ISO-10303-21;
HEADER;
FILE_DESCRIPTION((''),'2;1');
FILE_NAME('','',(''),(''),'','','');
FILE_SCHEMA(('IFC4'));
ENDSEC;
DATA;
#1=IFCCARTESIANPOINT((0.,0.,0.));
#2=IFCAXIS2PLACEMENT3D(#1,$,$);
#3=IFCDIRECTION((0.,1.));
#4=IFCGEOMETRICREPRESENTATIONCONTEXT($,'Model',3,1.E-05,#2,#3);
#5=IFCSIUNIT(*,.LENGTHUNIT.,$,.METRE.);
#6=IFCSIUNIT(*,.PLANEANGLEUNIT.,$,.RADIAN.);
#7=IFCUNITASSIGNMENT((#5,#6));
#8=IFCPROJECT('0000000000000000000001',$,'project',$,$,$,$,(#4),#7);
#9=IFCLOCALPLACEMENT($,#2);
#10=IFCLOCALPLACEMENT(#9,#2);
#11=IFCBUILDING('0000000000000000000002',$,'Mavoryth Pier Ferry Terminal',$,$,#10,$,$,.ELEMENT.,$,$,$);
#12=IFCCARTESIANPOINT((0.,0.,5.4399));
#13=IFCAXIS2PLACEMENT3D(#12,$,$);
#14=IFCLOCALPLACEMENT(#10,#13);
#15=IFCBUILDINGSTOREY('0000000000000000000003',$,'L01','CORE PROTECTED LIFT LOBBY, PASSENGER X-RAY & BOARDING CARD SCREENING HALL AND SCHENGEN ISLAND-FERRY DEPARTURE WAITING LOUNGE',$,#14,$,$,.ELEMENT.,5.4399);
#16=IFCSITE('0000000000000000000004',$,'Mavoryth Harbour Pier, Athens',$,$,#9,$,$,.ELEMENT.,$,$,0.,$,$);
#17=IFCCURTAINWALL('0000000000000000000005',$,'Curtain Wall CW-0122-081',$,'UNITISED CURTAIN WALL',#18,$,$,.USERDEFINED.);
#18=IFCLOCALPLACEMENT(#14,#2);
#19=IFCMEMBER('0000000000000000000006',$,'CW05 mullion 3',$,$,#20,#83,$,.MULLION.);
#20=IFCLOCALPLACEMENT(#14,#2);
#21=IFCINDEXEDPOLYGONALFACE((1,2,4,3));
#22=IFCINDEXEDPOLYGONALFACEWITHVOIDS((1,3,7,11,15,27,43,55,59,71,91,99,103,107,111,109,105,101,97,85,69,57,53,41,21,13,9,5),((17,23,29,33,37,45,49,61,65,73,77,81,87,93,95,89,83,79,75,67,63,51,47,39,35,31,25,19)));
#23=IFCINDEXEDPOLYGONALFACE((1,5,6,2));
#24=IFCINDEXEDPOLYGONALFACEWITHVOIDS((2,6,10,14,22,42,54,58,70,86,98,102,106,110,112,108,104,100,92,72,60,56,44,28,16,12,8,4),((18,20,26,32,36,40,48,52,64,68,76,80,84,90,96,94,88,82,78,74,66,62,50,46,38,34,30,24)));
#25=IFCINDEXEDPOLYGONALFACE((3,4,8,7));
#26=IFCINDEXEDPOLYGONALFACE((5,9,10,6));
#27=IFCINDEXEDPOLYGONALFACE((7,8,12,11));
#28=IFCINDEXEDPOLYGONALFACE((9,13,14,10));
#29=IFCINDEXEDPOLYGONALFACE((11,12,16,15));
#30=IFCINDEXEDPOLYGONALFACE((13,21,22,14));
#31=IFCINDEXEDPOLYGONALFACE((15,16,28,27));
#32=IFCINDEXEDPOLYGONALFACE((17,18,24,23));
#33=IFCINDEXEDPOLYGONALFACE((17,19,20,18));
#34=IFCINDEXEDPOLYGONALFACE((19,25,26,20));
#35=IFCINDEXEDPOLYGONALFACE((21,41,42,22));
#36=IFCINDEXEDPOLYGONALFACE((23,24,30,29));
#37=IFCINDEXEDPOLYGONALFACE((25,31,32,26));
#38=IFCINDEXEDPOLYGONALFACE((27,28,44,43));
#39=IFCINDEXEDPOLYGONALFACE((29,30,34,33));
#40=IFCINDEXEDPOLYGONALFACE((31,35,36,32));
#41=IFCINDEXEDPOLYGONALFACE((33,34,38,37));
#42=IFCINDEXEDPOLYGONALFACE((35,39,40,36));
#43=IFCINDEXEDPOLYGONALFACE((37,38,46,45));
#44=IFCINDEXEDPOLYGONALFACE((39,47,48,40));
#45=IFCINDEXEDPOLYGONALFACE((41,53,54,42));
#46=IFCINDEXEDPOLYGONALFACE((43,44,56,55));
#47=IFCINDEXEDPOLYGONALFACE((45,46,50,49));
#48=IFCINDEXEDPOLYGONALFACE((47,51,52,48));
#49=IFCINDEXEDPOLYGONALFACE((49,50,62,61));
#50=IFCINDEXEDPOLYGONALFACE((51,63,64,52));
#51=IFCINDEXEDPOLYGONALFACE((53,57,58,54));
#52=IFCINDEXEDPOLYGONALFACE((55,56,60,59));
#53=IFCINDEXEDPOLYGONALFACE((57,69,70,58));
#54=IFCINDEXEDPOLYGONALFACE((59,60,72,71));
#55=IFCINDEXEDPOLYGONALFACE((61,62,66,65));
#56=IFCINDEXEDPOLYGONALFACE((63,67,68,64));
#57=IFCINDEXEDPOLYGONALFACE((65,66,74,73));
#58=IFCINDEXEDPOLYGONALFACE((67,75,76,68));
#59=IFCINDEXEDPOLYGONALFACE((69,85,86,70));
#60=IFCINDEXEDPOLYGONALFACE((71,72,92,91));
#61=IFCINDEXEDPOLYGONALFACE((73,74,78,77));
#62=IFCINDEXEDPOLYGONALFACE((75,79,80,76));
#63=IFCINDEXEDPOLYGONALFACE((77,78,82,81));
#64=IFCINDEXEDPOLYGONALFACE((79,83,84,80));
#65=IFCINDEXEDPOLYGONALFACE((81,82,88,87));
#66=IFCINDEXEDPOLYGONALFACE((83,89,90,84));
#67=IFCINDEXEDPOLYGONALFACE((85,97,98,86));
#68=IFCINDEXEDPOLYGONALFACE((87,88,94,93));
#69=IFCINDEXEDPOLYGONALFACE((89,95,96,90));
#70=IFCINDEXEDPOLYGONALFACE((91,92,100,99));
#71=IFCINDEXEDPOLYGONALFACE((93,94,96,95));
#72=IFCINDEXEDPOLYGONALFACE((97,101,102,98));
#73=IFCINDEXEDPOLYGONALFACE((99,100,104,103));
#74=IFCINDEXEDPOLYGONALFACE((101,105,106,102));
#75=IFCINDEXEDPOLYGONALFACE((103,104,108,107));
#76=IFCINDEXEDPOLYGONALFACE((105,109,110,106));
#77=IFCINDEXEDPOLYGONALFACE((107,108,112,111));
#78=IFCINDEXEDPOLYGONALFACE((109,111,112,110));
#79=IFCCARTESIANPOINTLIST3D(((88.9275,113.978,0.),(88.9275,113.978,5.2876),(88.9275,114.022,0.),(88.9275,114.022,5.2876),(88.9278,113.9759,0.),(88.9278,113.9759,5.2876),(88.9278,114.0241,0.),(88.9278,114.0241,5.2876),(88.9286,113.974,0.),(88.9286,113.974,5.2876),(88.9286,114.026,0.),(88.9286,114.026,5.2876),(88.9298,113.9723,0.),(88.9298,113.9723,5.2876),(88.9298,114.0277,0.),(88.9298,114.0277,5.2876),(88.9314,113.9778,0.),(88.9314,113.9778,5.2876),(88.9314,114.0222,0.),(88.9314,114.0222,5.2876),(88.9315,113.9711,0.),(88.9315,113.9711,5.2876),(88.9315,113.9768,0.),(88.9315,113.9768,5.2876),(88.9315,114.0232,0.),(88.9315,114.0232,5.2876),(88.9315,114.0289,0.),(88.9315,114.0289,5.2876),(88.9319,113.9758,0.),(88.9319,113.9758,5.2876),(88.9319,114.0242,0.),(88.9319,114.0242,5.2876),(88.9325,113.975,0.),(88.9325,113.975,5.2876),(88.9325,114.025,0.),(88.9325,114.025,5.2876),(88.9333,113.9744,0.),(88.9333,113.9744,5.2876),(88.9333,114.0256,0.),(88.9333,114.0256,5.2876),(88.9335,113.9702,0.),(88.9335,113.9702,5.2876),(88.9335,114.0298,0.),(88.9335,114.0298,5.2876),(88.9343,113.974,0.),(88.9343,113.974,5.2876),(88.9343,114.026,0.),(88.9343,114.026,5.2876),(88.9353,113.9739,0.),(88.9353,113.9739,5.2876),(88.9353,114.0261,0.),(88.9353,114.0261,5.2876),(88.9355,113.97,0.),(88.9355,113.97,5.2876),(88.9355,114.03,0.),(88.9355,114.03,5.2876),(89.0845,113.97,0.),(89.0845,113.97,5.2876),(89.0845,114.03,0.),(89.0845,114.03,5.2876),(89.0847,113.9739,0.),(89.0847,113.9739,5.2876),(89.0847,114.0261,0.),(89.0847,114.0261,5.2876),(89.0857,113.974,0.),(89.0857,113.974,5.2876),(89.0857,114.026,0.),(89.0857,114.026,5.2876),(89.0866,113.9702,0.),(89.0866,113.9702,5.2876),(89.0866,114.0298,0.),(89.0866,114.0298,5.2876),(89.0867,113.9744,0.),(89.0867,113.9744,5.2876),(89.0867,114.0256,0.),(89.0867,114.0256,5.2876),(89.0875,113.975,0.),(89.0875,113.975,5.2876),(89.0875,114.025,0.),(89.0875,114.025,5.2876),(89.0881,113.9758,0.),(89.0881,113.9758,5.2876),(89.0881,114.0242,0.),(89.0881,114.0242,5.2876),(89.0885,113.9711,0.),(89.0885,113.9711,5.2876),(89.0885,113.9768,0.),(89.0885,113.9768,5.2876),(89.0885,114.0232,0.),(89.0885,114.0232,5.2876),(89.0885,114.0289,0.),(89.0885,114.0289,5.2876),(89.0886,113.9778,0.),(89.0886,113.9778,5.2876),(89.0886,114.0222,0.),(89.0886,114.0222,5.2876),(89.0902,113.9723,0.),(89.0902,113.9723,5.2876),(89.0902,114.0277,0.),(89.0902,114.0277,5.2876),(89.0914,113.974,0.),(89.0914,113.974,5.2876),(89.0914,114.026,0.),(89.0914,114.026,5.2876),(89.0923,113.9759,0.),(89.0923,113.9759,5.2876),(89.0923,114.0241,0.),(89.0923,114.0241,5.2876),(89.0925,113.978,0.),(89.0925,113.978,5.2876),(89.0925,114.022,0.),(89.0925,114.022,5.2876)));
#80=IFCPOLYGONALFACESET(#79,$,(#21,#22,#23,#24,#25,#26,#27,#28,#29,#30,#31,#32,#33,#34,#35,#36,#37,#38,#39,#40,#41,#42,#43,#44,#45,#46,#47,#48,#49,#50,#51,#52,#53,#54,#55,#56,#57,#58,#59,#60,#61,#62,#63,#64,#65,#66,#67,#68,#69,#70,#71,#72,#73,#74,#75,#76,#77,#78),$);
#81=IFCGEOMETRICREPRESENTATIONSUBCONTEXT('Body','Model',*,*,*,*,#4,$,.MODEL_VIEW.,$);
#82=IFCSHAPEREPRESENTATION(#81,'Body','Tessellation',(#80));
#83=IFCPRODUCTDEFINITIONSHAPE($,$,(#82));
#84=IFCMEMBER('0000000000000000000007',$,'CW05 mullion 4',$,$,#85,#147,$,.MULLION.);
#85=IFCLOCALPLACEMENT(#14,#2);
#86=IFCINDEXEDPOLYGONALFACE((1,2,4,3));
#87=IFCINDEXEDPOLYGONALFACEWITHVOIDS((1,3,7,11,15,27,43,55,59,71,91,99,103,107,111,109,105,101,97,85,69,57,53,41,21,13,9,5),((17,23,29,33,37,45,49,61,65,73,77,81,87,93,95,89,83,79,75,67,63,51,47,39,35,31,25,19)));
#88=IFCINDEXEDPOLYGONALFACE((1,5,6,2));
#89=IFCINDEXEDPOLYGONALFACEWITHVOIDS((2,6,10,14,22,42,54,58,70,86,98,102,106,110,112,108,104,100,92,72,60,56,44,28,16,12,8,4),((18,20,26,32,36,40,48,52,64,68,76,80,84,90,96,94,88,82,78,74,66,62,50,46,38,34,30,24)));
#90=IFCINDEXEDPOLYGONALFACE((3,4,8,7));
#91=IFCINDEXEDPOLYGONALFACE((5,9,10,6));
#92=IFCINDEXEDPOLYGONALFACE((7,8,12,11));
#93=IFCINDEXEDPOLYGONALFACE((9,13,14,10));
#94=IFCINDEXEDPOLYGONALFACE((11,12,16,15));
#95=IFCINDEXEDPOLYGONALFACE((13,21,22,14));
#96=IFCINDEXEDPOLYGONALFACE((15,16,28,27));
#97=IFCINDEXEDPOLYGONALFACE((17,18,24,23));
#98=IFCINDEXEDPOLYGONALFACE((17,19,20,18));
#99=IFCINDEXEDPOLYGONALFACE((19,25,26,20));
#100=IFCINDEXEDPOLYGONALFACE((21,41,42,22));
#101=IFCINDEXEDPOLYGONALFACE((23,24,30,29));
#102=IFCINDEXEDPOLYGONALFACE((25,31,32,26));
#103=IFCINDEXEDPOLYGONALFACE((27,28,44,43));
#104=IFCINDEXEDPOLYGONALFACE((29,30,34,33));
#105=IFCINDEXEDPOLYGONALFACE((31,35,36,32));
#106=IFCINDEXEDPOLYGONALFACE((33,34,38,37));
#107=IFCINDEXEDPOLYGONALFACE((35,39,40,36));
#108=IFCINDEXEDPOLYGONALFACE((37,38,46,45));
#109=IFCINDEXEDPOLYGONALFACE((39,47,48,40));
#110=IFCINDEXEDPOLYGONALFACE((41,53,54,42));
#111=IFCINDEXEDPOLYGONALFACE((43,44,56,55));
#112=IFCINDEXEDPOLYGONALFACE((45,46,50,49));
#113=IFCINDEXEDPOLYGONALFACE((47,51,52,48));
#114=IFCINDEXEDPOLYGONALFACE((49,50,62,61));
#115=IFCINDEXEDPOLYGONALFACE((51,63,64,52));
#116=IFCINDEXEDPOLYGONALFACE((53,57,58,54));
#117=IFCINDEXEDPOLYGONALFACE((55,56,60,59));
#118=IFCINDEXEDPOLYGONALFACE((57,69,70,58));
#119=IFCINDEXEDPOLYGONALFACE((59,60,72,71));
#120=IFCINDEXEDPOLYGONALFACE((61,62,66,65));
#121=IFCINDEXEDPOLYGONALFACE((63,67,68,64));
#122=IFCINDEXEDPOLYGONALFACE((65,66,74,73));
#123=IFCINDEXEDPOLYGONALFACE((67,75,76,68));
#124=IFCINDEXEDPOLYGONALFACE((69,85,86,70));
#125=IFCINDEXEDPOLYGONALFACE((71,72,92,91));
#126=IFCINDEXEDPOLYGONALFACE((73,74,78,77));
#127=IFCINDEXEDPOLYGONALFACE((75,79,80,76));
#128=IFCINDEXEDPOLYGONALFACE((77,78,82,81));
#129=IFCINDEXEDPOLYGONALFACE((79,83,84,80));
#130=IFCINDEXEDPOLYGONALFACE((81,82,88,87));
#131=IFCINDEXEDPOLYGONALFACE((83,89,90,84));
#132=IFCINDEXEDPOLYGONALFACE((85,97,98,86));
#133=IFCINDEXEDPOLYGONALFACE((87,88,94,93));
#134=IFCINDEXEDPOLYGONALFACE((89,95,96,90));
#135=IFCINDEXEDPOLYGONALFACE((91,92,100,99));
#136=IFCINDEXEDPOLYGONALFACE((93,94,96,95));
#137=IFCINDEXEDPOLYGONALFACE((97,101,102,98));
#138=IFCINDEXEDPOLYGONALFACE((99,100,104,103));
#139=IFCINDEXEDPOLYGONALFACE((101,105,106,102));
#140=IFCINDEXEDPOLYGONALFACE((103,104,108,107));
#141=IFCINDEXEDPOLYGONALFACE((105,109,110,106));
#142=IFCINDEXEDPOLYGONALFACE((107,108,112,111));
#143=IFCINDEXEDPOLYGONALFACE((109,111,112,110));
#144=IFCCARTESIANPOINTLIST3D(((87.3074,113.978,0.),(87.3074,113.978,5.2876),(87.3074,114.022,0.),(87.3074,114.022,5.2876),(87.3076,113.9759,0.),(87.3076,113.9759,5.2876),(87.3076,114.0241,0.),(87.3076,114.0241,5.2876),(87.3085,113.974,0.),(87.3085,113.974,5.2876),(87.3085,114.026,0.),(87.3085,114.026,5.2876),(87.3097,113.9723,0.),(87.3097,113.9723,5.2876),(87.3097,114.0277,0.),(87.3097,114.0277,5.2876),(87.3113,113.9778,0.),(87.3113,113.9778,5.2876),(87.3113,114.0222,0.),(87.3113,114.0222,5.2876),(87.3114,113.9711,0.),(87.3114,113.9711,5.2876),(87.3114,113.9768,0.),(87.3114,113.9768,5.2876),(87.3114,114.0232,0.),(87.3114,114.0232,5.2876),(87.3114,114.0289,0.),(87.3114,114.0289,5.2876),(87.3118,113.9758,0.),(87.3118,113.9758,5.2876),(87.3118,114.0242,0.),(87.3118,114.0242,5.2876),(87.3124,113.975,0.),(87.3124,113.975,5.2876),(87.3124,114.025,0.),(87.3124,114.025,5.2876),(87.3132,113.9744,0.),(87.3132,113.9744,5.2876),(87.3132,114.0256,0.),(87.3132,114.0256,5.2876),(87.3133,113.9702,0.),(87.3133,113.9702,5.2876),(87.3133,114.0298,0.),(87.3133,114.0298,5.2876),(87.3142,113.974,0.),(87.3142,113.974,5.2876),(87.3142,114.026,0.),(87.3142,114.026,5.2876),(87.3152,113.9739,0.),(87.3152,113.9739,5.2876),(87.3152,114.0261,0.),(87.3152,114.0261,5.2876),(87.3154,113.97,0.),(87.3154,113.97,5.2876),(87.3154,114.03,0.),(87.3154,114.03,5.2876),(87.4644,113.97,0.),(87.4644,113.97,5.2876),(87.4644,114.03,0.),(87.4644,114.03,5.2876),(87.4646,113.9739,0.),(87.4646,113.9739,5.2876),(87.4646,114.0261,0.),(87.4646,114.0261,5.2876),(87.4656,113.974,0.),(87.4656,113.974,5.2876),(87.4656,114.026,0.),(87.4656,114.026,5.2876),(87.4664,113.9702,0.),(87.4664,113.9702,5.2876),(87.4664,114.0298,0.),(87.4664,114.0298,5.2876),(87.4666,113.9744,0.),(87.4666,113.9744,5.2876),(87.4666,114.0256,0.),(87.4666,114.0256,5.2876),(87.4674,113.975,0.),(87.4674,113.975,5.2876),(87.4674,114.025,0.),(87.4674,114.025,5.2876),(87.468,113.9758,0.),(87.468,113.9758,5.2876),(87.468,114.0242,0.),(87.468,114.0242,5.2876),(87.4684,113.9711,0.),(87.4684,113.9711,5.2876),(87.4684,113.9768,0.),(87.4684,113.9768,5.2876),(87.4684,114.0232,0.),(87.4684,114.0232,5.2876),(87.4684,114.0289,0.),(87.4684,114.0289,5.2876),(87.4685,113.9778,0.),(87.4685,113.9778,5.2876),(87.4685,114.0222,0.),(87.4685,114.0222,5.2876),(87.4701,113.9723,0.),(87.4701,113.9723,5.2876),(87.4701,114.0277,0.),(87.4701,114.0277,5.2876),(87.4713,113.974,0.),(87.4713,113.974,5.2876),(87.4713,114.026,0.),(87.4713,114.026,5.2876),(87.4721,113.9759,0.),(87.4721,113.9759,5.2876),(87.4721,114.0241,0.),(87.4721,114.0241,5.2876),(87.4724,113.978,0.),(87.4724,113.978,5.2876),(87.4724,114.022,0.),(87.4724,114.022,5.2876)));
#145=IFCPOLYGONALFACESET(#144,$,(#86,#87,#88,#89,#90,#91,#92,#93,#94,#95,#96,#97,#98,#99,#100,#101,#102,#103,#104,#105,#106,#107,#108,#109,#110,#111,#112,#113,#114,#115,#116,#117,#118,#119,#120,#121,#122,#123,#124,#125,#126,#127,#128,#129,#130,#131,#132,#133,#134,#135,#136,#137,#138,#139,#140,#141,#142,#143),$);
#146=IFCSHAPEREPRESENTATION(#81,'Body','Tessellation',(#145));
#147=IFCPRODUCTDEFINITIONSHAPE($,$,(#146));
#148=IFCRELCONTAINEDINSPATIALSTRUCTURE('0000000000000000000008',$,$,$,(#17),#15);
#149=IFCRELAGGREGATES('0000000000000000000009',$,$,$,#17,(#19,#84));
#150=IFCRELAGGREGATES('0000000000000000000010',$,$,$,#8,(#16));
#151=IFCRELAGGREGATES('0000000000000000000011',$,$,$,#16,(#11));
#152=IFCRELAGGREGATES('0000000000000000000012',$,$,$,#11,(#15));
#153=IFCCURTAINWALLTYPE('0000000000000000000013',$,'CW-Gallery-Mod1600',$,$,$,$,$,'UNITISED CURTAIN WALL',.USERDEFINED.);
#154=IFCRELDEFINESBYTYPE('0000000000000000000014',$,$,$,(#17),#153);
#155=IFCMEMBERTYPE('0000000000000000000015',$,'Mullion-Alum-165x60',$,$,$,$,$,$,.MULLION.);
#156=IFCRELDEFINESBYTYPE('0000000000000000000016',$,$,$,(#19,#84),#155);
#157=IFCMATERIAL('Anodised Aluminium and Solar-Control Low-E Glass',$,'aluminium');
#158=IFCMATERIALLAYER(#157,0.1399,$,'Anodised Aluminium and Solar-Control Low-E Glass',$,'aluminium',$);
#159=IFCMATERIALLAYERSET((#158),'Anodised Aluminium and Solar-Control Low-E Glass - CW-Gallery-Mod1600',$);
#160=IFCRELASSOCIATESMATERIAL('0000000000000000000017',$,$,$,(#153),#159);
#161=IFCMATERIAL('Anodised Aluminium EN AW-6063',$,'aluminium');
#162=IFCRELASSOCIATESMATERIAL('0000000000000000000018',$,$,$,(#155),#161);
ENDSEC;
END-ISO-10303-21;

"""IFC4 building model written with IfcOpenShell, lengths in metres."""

from ifc_helpers import new_model, si_unit, direction, frame, origin, origin_2d, place, context, subcontext, project, spatial, hollow_rectangle, extrude, material, layer, layer_set, material_profile, profile_set, type_object, element, aggregate, save


model = new_model("IFC4")

# Units and contexts
model_context = context("Model", 3, precision=1e-05, world=origin(), true_north=direction((0.0, 1.0)))
body_context = subcontext(model_context, "Body", "Model", "MODEL_VIEW")
ifc_project = project(units=[si_unit("LENGTHUNIT", "METRE"), si_unit("PLANEANGLEUNIT", "RADIAN")], contexts=[model_context])

# Site, building, storey
site_placement = place(None, origin())
site = spatial("IfcSite", under=ifc_project, at=site_placement, Name="Mavoryth Harbour Pier, Athens", CompositionType="ELEMENT", RefElevation=0.0)
building_placement = place(site_placement, origin())
building = spatial("IfcBuilding", under=site, at=building_placement, Name="Mavoryth Pier Ferry Terminal", CompositionType="ELEMENT")
storey_placement = place(building_placement, frame((0.0, 0.0, 5.4399)))
storey = spatial("IfcBuildingStorey", under=building, at=storey_placement, Name="L01", Description="CORE PROTECTED LIFT LOBBY, PASSENGER X-RAY & BOARDING CARD SCREENING HALL AND SCHENGEN ISLAND-FERRY DEPARTURE WAITING LOUNGE", CompositionType="ELEMENT", Elevation=5.4399)

# Curtain wall, members
ifc_material_1 = material(Name="Anodised Aluminium and Solar-Control Low-E Glass", Category="aluminium")
ifc_layer_1 = layer(ifc_material_1, 0.1399, Name="Anodised Aluminium and Solar-Control Low-E Glass", Category="aluminium")
ifc_layer_set_1 = layer_set([ifc_layer_1], Name="Anodised Aluminium and Solar-Control Low-E Glass - CW-Gallery-Mod1600")
curtain_wall_type = type_object("IfcCurtainWallType", Name="CW-Gallery-Mod1600", ElementType="UNITISED CURTAIN WALL", PredefinedType="USERDEFINED", material=ifc_layer_set_1)
curtain_wall_placement = place(storey_placement, origin())
curtain_wall = element("IfcCurtainWall", 1, at=curtain_wall_placement, inside=storey, type_object=curtain_wall_type, Name="Curtain Wall CW-0122-081", ObjectType="UNITISED CURTAIN WALL", PredefinedType="USERDEFINED")
ifc_material_2 = material(Name="Anodised Aluminium EN AW-6063", Category="aluminium")
ifc_material_profile_1 = material_profile(ifc_material_2, hollow_rectangle(XDim=0.0601, YDim=0.165, WallThickness=0.0039, InnerFilletRadius=0.0039, OuterFilletRadius=0.0081, at=origin_2d()), Name="AL-MULL 165x60x4", Category="aluminium")
ifc_profile_set_1 = profile_set([ifc_material_profile_1], Name="Anodised Aluminium EN AW-6063 - AL-MULL 165x60x4")
member_type_1 = type_object("IfcMemberType", Name="Mullion-Alum-165x60", PredefinedType="MULLION", material=ifc_profile_set_1)
member_1_placement = place(storey_placement, frame((89.01, 114.0, 0.0), z_axis=(0.0, 0.0, 1.0), x_axis=(0.0, -1.0, 0.0)))
member_1 = element("IfcMember", 2, at=member_1_placement, type_object=member_type_1, Name="CW05 mullion 3", PredefinedType="MULLION", context=body_context, shape_type="SweptSolid", body=[
    extrude(hollow_rectangle(XDim=0.0601, YDim=0.165, WallThickness=0.0039, InnerFilletRadius=0.0039, OuterFilletRadius=0.0081, at=origin_2d()), origin(), (0.0, 0.0, 1.0), 5.2876),
])
member_2_placement = place(storey_placement, frame((87.3899, 114.0, 0.0), z_axis=(0.0, 0.0, 1.0), x_axis=(0.0, -1.0, 0.0)))
member_2 = element("IfcMember", 3, at=member_2_placement, type_object=member_type_1, Name="CW05 mullion 4", PredefinedType="MULLION", context=body_context, shape_type="SweptSolid", body=[
    extrude(hollow_rectangle(XDim=0.0601, YDim=0.165, WallThickness=0.0039, InnerFilletRadius=0.0039, OuterFilletRadius=0.0081, at=origin_2d()), origin(), (0.0, 0.0, 1.0), 5.2876),
])
aggregate(curtain_wall, [member_1, member_2])

save(model, "model.ifc")
